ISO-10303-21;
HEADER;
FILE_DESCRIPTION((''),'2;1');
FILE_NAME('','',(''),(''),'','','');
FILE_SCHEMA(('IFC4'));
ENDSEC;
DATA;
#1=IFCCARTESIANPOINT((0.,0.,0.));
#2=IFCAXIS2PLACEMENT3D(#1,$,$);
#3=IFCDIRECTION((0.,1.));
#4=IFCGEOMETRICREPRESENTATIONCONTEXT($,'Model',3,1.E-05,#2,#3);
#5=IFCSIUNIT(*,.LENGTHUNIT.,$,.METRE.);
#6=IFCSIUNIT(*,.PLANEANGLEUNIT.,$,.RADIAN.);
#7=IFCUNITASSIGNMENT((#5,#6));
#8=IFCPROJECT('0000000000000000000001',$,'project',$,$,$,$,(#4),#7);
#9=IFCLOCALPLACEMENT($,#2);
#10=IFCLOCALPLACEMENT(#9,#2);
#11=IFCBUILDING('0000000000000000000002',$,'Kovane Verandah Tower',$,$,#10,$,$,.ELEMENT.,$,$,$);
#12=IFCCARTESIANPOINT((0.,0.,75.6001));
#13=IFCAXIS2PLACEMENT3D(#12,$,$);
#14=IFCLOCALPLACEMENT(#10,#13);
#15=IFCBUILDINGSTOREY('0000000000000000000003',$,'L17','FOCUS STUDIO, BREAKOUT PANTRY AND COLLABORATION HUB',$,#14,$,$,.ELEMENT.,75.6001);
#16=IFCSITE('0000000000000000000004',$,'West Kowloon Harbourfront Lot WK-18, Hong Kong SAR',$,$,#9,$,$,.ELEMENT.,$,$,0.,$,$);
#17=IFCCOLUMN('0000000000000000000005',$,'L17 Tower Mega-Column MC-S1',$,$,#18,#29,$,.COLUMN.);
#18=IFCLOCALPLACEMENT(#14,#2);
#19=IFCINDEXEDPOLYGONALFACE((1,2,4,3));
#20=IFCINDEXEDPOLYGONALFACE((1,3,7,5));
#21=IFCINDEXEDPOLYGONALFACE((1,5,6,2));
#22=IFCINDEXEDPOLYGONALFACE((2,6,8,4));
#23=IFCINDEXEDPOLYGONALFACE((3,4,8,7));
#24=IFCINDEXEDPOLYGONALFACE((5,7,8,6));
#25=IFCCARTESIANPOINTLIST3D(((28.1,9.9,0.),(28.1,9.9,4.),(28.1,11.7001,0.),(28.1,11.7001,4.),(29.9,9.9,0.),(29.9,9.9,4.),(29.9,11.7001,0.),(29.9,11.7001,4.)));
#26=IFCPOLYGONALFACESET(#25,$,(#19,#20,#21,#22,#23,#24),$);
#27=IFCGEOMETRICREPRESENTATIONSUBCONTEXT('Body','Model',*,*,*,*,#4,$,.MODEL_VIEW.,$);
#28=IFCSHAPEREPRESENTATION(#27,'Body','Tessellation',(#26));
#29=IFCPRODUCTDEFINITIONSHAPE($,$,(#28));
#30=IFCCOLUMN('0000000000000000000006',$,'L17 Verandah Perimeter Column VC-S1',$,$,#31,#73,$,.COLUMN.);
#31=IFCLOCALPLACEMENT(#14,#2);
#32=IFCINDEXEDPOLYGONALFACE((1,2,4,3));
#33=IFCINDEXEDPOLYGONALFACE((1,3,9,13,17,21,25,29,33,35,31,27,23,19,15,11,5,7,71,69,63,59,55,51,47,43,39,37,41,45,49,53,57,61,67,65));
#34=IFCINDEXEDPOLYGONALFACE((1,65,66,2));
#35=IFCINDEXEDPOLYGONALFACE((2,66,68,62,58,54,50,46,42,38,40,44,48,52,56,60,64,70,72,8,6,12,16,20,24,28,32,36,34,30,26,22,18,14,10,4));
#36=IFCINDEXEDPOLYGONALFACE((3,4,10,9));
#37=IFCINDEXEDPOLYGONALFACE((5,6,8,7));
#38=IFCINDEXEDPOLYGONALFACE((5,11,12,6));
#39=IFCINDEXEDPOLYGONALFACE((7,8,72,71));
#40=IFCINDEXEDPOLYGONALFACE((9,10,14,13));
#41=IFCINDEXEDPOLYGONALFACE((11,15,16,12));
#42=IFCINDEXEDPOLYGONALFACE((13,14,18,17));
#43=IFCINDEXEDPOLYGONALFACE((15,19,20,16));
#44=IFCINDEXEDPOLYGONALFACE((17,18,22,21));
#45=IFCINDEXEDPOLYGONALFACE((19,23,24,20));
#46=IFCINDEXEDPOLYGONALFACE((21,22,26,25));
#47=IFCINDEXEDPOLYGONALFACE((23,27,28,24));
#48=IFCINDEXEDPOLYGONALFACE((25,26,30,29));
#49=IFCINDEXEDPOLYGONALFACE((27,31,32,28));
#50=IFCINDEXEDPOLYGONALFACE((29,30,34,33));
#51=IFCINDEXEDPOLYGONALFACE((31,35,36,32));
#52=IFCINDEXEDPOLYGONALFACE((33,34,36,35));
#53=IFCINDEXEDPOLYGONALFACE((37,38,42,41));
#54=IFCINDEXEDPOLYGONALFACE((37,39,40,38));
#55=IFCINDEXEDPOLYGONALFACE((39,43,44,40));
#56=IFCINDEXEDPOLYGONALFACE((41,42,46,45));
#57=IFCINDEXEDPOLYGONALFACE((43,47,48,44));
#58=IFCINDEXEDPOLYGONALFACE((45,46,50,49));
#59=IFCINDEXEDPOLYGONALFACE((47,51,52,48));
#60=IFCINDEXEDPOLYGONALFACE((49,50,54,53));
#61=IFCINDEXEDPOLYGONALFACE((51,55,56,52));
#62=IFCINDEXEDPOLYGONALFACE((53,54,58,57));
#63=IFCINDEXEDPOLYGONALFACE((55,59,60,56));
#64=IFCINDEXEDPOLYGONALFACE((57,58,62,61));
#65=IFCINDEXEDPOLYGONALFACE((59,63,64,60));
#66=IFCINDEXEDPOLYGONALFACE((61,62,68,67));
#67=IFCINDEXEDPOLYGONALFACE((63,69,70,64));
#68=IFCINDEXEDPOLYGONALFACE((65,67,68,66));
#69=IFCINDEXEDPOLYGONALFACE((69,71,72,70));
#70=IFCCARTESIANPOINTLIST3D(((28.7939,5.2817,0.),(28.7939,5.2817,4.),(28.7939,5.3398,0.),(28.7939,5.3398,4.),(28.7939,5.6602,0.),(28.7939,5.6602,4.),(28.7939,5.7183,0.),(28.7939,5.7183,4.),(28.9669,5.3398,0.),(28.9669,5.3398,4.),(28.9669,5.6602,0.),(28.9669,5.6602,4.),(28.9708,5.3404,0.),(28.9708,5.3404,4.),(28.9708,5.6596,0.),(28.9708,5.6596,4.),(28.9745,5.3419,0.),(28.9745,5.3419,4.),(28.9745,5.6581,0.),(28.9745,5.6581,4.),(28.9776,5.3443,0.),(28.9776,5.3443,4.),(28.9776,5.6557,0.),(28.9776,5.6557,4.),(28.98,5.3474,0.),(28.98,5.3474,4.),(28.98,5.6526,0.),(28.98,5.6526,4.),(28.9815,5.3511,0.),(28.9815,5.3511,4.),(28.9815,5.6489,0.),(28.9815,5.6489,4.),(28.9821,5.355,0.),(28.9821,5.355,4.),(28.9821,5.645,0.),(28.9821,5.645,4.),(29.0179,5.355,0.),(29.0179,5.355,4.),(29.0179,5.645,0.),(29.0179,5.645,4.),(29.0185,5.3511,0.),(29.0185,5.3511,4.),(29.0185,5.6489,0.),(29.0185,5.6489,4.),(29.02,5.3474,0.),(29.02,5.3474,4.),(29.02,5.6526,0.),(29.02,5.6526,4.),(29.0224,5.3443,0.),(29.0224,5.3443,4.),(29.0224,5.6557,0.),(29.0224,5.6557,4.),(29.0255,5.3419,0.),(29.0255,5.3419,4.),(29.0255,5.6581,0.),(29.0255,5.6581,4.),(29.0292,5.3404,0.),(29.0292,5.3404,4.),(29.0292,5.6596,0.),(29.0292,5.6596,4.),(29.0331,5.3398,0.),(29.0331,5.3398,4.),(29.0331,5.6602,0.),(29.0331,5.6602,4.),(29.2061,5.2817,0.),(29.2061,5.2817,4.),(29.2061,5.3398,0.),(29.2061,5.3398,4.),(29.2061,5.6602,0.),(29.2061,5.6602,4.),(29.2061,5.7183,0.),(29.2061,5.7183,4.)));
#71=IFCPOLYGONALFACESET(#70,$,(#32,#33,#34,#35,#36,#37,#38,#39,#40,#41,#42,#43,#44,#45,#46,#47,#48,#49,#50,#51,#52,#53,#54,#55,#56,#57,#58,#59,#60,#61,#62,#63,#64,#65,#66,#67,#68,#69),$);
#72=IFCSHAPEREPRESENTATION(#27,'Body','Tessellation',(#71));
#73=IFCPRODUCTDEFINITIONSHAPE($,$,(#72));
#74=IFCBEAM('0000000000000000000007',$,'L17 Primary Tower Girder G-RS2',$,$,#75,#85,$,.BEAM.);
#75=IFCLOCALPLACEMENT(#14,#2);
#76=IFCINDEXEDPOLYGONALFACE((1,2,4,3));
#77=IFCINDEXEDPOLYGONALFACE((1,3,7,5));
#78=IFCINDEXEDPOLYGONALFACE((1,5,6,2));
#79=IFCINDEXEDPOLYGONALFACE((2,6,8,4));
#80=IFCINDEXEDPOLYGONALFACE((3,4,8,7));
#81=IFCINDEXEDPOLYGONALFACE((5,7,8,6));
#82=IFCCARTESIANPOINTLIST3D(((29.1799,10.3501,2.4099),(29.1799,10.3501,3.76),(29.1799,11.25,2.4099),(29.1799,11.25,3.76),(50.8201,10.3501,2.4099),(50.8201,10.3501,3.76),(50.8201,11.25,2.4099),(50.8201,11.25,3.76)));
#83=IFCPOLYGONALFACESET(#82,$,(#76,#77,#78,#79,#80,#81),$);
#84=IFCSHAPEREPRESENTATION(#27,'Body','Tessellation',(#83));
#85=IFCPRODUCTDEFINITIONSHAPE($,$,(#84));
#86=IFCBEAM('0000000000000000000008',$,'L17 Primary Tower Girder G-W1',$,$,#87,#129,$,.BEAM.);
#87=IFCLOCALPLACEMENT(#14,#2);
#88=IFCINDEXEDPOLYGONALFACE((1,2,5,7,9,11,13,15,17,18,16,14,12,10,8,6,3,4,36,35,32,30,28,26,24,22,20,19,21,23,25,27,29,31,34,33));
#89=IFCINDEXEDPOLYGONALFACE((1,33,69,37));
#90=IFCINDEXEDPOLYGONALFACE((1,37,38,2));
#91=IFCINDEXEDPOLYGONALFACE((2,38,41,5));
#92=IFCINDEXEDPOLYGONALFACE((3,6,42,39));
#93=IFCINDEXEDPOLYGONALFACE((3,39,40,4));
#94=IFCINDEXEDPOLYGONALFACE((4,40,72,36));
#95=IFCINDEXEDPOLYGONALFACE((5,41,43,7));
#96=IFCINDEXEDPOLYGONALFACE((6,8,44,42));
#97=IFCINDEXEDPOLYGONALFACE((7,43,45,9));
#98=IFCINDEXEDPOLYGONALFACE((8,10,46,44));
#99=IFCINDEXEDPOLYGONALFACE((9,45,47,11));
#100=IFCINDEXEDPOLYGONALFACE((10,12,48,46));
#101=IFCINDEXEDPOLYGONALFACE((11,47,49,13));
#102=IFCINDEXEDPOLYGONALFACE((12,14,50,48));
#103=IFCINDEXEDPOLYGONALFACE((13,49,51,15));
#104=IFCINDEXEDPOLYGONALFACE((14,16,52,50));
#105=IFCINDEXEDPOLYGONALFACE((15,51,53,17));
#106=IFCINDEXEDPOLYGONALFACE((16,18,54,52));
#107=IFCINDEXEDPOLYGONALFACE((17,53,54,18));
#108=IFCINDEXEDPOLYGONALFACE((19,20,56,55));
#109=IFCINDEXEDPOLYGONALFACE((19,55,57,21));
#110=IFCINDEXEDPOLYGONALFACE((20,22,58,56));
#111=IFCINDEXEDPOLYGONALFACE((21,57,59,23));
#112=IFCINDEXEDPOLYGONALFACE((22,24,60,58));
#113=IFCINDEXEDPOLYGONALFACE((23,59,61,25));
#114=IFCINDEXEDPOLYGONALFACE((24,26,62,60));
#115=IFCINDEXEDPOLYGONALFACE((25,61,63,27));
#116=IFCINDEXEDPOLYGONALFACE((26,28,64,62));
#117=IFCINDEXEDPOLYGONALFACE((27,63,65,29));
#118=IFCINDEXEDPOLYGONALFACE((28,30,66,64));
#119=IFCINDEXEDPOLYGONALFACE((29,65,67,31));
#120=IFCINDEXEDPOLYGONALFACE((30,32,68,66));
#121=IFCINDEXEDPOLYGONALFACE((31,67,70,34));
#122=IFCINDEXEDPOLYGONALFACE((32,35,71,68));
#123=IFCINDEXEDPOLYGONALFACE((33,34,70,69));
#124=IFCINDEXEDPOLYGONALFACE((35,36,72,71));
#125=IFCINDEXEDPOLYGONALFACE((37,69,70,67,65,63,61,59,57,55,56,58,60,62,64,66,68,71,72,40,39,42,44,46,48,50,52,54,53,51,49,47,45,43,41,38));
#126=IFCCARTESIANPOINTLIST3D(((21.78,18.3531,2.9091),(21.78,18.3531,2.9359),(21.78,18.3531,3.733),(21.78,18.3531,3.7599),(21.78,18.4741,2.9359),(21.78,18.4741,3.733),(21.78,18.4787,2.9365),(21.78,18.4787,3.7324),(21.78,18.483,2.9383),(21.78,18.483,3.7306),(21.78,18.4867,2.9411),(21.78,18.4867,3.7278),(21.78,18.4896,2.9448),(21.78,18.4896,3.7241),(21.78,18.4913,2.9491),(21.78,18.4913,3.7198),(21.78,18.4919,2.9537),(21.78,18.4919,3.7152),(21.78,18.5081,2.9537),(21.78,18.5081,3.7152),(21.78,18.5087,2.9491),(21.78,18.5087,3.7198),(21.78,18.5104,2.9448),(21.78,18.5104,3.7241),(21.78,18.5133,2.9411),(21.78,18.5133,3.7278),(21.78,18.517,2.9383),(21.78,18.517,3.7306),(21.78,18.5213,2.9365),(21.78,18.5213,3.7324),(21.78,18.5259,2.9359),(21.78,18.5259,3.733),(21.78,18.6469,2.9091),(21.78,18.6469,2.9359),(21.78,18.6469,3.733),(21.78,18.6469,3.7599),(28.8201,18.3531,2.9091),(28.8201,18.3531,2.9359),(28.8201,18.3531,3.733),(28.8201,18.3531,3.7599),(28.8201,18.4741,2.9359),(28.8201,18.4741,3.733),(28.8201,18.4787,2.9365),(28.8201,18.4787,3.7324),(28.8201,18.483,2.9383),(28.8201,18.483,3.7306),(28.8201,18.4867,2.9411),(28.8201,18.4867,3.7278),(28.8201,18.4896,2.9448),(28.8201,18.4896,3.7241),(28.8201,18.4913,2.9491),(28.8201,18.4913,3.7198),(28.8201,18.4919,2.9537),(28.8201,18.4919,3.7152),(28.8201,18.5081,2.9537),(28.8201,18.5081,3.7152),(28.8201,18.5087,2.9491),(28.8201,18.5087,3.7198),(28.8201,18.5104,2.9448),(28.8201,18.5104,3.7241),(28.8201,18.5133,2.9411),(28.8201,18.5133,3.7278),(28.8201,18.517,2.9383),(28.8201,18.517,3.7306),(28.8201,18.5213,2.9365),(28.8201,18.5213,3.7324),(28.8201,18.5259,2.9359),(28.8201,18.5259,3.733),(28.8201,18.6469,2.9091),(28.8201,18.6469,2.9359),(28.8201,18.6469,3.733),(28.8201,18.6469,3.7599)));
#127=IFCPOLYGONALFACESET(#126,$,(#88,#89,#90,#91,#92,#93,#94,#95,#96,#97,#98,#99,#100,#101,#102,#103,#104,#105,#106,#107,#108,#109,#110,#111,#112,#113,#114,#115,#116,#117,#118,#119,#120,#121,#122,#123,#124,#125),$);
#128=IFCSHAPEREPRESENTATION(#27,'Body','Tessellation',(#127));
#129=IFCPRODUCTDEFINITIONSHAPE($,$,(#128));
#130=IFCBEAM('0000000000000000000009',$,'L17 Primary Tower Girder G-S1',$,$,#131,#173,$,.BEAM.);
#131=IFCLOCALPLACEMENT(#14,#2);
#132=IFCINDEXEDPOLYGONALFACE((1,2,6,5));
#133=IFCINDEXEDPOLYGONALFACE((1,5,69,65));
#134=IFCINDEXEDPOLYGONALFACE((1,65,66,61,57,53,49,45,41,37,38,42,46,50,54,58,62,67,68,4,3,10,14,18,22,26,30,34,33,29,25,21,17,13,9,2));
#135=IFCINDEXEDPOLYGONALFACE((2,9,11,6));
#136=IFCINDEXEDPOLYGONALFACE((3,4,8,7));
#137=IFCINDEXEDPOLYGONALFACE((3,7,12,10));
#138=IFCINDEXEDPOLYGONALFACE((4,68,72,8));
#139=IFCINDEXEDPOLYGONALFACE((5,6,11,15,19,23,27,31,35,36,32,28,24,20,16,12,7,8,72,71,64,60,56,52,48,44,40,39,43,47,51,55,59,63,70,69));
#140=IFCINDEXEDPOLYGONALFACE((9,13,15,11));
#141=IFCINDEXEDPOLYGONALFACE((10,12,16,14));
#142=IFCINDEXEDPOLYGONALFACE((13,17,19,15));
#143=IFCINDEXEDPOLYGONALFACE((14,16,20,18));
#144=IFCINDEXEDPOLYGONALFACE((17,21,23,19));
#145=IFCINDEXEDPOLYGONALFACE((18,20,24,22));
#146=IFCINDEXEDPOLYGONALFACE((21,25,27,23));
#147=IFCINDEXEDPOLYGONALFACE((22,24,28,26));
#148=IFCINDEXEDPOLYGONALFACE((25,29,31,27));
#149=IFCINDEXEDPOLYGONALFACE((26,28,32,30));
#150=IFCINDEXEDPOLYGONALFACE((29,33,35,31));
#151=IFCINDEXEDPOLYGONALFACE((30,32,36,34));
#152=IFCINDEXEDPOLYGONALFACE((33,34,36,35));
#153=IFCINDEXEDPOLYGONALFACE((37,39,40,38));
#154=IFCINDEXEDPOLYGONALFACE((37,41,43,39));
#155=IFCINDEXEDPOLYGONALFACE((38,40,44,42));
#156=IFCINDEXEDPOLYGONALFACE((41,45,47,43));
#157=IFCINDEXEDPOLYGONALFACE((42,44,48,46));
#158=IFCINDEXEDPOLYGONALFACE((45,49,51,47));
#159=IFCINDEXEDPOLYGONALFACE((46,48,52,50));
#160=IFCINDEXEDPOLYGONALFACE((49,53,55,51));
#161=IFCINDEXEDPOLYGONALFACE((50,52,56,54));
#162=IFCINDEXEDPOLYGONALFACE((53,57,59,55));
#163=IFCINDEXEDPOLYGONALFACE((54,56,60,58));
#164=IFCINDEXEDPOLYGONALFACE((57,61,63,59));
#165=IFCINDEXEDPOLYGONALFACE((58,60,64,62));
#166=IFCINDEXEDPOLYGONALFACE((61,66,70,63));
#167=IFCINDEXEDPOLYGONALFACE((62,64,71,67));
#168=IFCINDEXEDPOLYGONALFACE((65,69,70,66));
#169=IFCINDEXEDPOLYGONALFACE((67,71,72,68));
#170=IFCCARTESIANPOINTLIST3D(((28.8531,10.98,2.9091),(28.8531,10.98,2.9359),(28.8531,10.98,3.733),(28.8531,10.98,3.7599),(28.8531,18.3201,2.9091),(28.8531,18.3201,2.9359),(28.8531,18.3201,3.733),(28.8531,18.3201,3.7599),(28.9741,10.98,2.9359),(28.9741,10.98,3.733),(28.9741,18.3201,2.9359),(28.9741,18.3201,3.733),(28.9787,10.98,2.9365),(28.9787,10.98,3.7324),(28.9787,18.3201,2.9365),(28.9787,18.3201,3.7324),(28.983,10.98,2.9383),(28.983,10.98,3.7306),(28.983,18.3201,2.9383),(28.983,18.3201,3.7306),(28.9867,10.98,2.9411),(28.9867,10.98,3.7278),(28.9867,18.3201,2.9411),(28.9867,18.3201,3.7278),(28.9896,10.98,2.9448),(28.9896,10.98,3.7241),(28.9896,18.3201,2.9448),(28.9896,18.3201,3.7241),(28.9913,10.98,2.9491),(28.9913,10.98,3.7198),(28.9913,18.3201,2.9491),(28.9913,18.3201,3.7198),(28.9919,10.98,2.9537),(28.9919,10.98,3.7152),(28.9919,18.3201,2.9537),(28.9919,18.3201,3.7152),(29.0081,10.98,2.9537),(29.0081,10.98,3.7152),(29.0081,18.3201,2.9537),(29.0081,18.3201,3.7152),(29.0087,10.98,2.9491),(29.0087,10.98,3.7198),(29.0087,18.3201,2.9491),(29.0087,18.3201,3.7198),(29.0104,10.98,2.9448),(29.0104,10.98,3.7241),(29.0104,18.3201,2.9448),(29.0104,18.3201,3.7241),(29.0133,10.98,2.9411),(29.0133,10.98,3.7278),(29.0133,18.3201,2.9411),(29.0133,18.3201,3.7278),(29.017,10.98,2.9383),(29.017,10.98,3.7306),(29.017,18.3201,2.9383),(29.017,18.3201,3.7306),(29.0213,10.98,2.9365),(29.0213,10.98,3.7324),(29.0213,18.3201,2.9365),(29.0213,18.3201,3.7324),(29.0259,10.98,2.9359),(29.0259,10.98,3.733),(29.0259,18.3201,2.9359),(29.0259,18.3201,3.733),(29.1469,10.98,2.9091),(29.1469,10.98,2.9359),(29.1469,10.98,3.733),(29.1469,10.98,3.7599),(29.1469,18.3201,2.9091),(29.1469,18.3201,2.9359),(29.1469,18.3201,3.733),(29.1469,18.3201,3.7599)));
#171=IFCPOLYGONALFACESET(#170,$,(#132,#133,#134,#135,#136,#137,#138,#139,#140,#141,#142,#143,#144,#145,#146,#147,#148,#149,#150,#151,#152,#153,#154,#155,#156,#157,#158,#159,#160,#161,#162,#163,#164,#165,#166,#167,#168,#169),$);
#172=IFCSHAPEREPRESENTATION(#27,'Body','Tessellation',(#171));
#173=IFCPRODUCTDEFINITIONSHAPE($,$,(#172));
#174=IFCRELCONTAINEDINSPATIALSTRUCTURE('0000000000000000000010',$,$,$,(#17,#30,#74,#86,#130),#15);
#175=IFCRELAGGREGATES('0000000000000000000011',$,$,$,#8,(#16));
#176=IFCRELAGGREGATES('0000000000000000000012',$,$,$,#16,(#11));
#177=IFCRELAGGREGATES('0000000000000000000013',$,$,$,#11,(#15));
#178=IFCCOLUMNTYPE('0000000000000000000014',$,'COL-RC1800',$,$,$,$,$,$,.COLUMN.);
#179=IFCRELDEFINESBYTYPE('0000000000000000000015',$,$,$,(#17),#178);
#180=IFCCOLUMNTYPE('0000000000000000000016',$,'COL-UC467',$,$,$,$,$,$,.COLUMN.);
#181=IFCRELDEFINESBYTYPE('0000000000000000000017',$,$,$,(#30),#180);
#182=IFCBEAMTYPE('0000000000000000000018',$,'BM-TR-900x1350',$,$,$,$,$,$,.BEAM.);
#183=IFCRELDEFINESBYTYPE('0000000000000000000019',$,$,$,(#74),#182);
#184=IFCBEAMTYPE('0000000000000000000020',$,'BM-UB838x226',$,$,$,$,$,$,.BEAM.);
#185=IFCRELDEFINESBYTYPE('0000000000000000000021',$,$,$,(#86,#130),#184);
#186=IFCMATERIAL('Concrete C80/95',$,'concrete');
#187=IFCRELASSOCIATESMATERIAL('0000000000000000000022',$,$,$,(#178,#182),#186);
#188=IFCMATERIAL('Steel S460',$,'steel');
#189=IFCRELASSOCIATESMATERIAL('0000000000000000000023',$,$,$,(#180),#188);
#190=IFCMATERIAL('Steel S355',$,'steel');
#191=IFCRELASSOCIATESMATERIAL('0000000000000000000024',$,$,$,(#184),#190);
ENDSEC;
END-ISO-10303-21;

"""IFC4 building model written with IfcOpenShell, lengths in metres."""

from ifc_helpers import new_model, si_unit, direction, frame, origin, origin_2d, place, context, subcontext, project, spatial, rectangle, i_section, extrude, material, material_profile, profile_set, type_object, element, save


model = new_model("IFC4")

# Units and contexts
model_context = context("Model", 3, precision=1e-05, world=origin(), true_north=direction((0.0, 1.0)))
body_context = subcontext(model_context, "Body", "Model", "MODEL_VIEW")
ifc_project = project(units=[si_unit("LENGTHUNIT", "METRE"), si_unit("PLANEANGLEUNIT", "RADIAN")], contexts=[model_context])

# Site, building, storey
site_placement = place(None, origin())
site = spatial("IfcSite", under=ifc_project, at=site_placement, Name="West Kowloon Harbourfront Lot WK-18, Hong Kong SAR", CompositionType="ELEMENT", RefElevation=0.0)
building_placement = place(site_placement, origin())
building = spatial("IfcBuilding", under=site, at=building_placement, Name="Kovane Verandah Tower", CompositionType="ELEMENT")
storey_placement = place(building_placement, frame((0.0, 0.0, 75.6001)))
storey = spatial("IfcBuildingStorey", under=building, at=storey_placement, Name="L17", Description="FOCUS STUDIO, BREAKOUT PANTRY AND COLLABORATION HUB", CompositionType="ELEMENT", Elevation=75.6001)

# Columns
ifc_material_1 = material(Name="Concrete C80/95", Category="concrete")
ifc_material_profile_1 = material_profile(ifc_material_1, rectangle(XDim=1.8, YDim=1.8, at=origin_2d()), Name="RC1800x1800")
ifc_profile_set_1 = profile_set([ifc_material_profile_1], Name="Concrete C80/95")
column_type_1 = type_object("IfcColumnType", Name="COL-RC1800", PredefinedType="COLUMN", material=ifc_profile_set_1)
column_1_placement = place(storey_placement, frame((29.0, 10.8, 0.0), z_axis=(0.0, 0.0, 1.0), x_axis=(1.0, 0.0, 0.0)))
element("IfcColumn", 1, at=column_1_placement, inside=storey, type_object=column_type_1, Name="L17 Tower Mega-Column MC-S1", PredefinedType="COLUMN", context=body_context, shape_type="SweptSolid", body=[
    extrude(rectangle(XDim=1.8, YDim=1.8, at=origin_2d()), origin(), (0.0, 0.0, 1.0), 4.0),
])
ifc_material_2 = material(Name="Steel S460", Category="steel")
ifc_material_profile_2 = material_profile(ifc_material_2, i_section(OverallWidth=0.4121, OverallDepth=0.4365, WebThickness=0.0359, FlangeThickness=0.0581, FilletRadius=0.0151, at=origin_2d()), Name="UC356x406x467")
ifc_profile_set_2 = profile_set([ifc_material_profile_2], Name="Steel S460")
column_type_2 = type_object("IfcColumnType", Name="COL-UC467", PredefinedType="COLUMN", material=ifc_profile_set_2)
column_2_placement = place(storey_placement, frame((29.0, 5.5, 0.0), z_axis=(0.0, 0.0, 1.0), x_axis=(1.0, 0.0, 0.0)))
element("IfcColumn", 2, at=column_2_placement, inside=storey, type_object=column_type_2, Name="L17 Verandah Perimeter Column VC-S1", PredefinedType="COLUMN", context=body_context, shape_type="SweptSolid", body=[
    extrude(i_section(OverallWidth=0.4121, OverallDepth=0.4365, WebThickness=0.0359, FlangeThickness=0.0581, FilletRadius=0.0151, at=origin_2d()), origin(), (0.0, 0.0, 1.0), 4.0),
])

# Beams
ifc_material_profile_3 = material_profile(ifc_material_1, rectangle(XDim=0.8999, YDim=1.3501, at=origin_2d()), Name="RCB900x1350")
ifc_profile_set_3 = profile_set([ifc_material_profile_3], Name="Concrete C80/95")
beam_type_1 = type_object("IfcBeamType", Name="BM-TR-900x1350", PredefinedType="BEAM", material=ifc_profile_set_3)
beam_1_placement = place(storey_placement, frame((29.1799, 10.8, 3.085), z_axis=(1.0, 0.0, 0.0), x_axis=(0.0, 1.0, 0.0)))
element("IfcBeam", 3, at=beam_1_placement, inside=storey, type_object=beam_type_1, Name="L17 Primary Tower Girder G-RS2", PredefinedType="BEAM", context=body_context, shape_type="SweptSolid", body=[
    extrude(rectangle(XDim=0.8999, YDim=1.3501, at=origin_2d()), origin(), (0.0, 0.0, 1.0), 21.6401),
])
ifc_material_3 = material(Name="Steel S355", Category="steel")
ifc_material_profile_4 = material_profile(ifc_material_3, i_section(OverallWidth=0.2937, OverallDepth=0.8508, WebThickness=0.0161, FlangeThickness=0.0269, FilletRadius=0.0178, at=origin_2d()), Name="UB838x292x226")
ifc_profile_set_4 = profile_set([ifc_material_profile_4], Name="Steel S355")
beam_type_2 = type_object("IfcBeamType", Name="BM-UB838x226", PredefinedType="BEAM", material=ifc_profile_set_4)
beam_2_placement = place(storey_placement, frame((28.8201, 18.5, 3.3345), z_axis=(-1.0, 0.0, 0.0), x_axis=(0.0, -1.0, 0.0)))
element("IfcBeam", 4, at=beam_2_placement, inside=storey, type_object=beam_type_2, Name="L17 Primary Tower Girder G-W1", PredefinedType="BEAM", context=body_context, shape_type="SweptSolid", body=[
    extrude(i_section(OverallWidth=0.2937, OverallDepth=0.8508, WebThickness=0.0161, FlangeThickness=0.0269, FilletRadius=0.0178, at=origin_2d()), origin(), (0.0, 0.0, 1.0), 7.04),
])
beam_3_placement = place(storey_placement, frame((29.0, 18.3201, 3.3345), z_axis=(0.0, -1.0, 0.0), x_axis=(1.0, 0.0, 0.0)))
element("IfcBeam", 5, at=beam_3_placement, inside=storey, type_object=beam_type_2, Name="L17 Primary Tower Girder G-S1", PredefinedType="BEAM", context=body_context, shape_type="SweptSolid", body=[
    extrude(i_section(OverallWidth=0.2937, OverallDepth=0.8508, WebThickness=0.0161, FlangeThickness=0.0269, FilletRadius=0.0178, at=origin_2d()), origin(), (0.0, 0.0, 1.0), 7.3401),
])

save(model, "model.ifc")
